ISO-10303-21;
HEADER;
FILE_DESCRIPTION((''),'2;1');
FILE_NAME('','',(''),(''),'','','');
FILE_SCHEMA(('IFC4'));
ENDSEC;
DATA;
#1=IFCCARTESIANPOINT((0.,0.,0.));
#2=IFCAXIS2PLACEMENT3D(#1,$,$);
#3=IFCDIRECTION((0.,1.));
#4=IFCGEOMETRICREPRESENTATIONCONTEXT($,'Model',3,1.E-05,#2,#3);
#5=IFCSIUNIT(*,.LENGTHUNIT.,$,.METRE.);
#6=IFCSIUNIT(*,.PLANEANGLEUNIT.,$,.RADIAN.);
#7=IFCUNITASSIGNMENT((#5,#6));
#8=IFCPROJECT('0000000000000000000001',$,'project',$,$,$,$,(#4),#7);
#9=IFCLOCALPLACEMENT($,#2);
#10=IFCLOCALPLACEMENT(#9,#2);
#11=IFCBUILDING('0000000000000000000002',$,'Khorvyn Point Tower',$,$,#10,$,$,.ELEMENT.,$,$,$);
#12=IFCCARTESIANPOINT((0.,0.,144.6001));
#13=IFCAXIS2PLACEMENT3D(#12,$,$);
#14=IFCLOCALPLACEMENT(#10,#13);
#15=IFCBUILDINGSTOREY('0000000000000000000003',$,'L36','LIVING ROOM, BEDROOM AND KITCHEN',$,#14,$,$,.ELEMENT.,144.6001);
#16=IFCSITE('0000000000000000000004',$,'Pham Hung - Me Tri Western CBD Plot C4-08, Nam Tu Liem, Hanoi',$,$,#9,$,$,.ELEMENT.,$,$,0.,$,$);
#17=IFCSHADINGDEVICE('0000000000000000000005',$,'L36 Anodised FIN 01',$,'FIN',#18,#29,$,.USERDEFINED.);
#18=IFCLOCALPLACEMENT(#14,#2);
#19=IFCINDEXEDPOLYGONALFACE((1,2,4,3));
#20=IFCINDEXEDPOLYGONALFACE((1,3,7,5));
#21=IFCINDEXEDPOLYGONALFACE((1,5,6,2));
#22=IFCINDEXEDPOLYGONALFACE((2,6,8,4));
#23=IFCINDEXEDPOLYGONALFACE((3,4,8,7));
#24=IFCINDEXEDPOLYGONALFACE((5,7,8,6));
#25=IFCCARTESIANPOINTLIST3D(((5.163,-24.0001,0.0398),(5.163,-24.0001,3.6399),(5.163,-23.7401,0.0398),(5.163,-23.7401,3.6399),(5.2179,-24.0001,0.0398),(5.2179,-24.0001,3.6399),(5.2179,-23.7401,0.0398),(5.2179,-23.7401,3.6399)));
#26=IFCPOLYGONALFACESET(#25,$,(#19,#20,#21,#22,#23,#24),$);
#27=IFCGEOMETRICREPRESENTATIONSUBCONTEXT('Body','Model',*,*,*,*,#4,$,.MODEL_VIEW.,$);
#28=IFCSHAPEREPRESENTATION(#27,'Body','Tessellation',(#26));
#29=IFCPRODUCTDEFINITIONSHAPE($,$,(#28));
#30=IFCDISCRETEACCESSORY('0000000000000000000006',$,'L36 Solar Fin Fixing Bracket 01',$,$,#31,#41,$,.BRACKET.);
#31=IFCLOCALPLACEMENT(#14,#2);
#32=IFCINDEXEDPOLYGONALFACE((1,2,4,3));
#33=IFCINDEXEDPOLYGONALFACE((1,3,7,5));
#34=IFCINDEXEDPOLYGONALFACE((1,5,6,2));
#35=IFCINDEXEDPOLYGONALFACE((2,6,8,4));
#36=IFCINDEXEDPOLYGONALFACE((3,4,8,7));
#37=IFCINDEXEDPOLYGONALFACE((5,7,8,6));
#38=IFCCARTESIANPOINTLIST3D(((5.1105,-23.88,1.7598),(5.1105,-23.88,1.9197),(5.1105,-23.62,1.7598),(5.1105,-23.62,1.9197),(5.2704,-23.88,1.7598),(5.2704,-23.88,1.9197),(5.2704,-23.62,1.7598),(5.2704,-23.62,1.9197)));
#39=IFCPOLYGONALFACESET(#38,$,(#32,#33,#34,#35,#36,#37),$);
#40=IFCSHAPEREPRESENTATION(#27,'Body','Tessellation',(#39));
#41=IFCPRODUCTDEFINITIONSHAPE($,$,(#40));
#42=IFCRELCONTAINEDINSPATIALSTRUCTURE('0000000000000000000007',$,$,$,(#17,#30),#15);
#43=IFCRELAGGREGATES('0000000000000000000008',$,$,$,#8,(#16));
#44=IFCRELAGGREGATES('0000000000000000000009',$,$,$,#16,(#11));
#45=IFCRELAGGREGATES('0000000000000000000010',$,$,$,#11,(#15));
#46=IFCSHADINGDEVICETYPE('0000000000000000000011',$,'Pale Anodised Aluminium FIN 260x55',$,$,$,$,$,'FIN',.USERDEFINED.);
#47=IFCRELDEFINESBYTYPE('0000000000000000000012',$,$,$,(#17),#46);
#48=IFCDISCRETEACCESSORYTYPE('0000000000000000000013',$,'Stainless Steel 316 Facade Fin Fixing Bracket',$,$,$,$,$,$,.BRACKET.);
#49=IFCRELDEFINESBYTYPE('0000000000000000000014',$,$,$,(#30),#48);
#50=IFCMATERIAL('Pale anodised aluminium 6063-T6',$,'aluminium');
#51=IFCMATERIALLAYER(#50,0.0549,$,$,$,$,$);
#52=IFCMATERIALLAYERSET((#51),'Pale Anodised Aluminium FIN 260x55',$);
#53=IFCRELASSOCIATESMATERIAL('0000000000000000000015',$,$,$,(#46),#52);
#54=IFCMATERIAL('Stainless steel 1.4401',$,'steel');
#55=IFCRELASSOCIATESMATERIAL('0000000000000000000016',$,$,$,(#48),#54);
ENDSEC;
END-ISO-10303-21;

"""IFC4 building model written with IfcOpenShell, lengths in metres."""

from ifc_helpers import new_model, si_unit, direction, frame, origin, origin_2d, place, context, subcontext, project, spatial, rectangle, extrude, material, layer, layer_set, type_object, element, save


model = new_model("IFC4")

# Units and contexts
model_context = context("Model", 3, precision=1e-05, world=origin(), true_north=direction((0.0, 1.0)))
body_context = subcontext(model_context, "Body", "Model", "MODEL_VIEW")
ifc_project = project(units=[si_unit("LENGTHUNIT", "METRE"), si_unit("PLANEANGLEUNIT", "RADIAN")], contexts=[model_context])

# Site, building, storey
site_placement = place(None, origin())
site = spatial("IfcSite", under=ifc_project, at=site_placement, Name="Pham Hung - Me Tri Western CBD Plot C4-08, Nam Tu Liem, Hanoi", CompositionType="ELEMENT", RefElevation=0.0)
building_placement = place(site_placement, origin())
building = spatial("IfcBuilding", under=site, at=building_placement, Name="Khorvyn Point Tower", CompositionType="ELEMENT")
storey_placement = place(building_placement, frame((0.0, 0.0, 144.6001)))
storey = spatial("IfcBuildingStorey", under=building, at=storey_placement, Name="L36", Description="LIVING ROOM, BEDROOM AND KITCHEN", CompositionType="ELEMENT", Elevation=144.6001)

# Shading device
ifc_material_1 = material(Name="Pale anodised aluminium 6063-T6", Category="aluminium")
ifc_layer_1 = layer(ifc_material_1, 0.0549)
ifc_layer_set_1 = layer_set([ifc_layer_1], Name="Pale Anodised Aluminium FIN 260x55")
shading_device_type = type_object("IfcShadingDeviceType", Name="Pale Anodised Aluminium FIN 260x55", ElementType="FIN", PredefinedType="USERDEFINED", material=ifc_layer_set_1)
shading_device_placement = place(storey_placement, frame((5.1904, -23.8701, 0.0398), z_axis=(0.0, 0.0, 1.0), x_axis=(0.0, -1.0, 0.0)))
element("IfcShadingDevice", 1, at=shading_device_placement, inside=storey, type_object=shading_device_type, Name="L36 Anodised FIN 01", ObjectType="FIN", PredefinedType="USERDEFINED", context=body_context, shape_type="SweptSolid", body=[
    extrude(rectangle(XDim=0.26, YDim=0.0549, at=origin_2d()), origin(), (0.0, 0.0, 1.0), 3.6001),
])

# Discrete accessory
ifc_material_2 = material(Name="Stainless steel 1.4401", Category="steel")
discrete_accessory_type = type_object("IfcDiscreteAccessoryType", Name="Stainless Steel 316 Facade Fin Fixing Bracket", PredefinedType="BRACKET", material=ifc_material_2)
discrete_accessory_placement = place(storey_placement, frame((5.1904, -23.75, 1.7598), z_axis=(0.0, 0.0, 1.0), x_axis=(-1.0, 0.0, 0.0)))
element("IfcDiscreteAccessory", 2, at=discrete_accessory_placement, inside=storey, type_object=discrete_accessory_type, Name="L36 Solar Fin Fixing Bracket 01", PredefinedType="BRACKET", context=body_context, shape_type="SweptSolid", body=[
    extrude(rectangle(XDim=0.1599, YDim=0.26, at=origin_2d()), origin(), (0.0, 0.0, 1.0), 0.1599),
])

save(model, "model.ifc")
